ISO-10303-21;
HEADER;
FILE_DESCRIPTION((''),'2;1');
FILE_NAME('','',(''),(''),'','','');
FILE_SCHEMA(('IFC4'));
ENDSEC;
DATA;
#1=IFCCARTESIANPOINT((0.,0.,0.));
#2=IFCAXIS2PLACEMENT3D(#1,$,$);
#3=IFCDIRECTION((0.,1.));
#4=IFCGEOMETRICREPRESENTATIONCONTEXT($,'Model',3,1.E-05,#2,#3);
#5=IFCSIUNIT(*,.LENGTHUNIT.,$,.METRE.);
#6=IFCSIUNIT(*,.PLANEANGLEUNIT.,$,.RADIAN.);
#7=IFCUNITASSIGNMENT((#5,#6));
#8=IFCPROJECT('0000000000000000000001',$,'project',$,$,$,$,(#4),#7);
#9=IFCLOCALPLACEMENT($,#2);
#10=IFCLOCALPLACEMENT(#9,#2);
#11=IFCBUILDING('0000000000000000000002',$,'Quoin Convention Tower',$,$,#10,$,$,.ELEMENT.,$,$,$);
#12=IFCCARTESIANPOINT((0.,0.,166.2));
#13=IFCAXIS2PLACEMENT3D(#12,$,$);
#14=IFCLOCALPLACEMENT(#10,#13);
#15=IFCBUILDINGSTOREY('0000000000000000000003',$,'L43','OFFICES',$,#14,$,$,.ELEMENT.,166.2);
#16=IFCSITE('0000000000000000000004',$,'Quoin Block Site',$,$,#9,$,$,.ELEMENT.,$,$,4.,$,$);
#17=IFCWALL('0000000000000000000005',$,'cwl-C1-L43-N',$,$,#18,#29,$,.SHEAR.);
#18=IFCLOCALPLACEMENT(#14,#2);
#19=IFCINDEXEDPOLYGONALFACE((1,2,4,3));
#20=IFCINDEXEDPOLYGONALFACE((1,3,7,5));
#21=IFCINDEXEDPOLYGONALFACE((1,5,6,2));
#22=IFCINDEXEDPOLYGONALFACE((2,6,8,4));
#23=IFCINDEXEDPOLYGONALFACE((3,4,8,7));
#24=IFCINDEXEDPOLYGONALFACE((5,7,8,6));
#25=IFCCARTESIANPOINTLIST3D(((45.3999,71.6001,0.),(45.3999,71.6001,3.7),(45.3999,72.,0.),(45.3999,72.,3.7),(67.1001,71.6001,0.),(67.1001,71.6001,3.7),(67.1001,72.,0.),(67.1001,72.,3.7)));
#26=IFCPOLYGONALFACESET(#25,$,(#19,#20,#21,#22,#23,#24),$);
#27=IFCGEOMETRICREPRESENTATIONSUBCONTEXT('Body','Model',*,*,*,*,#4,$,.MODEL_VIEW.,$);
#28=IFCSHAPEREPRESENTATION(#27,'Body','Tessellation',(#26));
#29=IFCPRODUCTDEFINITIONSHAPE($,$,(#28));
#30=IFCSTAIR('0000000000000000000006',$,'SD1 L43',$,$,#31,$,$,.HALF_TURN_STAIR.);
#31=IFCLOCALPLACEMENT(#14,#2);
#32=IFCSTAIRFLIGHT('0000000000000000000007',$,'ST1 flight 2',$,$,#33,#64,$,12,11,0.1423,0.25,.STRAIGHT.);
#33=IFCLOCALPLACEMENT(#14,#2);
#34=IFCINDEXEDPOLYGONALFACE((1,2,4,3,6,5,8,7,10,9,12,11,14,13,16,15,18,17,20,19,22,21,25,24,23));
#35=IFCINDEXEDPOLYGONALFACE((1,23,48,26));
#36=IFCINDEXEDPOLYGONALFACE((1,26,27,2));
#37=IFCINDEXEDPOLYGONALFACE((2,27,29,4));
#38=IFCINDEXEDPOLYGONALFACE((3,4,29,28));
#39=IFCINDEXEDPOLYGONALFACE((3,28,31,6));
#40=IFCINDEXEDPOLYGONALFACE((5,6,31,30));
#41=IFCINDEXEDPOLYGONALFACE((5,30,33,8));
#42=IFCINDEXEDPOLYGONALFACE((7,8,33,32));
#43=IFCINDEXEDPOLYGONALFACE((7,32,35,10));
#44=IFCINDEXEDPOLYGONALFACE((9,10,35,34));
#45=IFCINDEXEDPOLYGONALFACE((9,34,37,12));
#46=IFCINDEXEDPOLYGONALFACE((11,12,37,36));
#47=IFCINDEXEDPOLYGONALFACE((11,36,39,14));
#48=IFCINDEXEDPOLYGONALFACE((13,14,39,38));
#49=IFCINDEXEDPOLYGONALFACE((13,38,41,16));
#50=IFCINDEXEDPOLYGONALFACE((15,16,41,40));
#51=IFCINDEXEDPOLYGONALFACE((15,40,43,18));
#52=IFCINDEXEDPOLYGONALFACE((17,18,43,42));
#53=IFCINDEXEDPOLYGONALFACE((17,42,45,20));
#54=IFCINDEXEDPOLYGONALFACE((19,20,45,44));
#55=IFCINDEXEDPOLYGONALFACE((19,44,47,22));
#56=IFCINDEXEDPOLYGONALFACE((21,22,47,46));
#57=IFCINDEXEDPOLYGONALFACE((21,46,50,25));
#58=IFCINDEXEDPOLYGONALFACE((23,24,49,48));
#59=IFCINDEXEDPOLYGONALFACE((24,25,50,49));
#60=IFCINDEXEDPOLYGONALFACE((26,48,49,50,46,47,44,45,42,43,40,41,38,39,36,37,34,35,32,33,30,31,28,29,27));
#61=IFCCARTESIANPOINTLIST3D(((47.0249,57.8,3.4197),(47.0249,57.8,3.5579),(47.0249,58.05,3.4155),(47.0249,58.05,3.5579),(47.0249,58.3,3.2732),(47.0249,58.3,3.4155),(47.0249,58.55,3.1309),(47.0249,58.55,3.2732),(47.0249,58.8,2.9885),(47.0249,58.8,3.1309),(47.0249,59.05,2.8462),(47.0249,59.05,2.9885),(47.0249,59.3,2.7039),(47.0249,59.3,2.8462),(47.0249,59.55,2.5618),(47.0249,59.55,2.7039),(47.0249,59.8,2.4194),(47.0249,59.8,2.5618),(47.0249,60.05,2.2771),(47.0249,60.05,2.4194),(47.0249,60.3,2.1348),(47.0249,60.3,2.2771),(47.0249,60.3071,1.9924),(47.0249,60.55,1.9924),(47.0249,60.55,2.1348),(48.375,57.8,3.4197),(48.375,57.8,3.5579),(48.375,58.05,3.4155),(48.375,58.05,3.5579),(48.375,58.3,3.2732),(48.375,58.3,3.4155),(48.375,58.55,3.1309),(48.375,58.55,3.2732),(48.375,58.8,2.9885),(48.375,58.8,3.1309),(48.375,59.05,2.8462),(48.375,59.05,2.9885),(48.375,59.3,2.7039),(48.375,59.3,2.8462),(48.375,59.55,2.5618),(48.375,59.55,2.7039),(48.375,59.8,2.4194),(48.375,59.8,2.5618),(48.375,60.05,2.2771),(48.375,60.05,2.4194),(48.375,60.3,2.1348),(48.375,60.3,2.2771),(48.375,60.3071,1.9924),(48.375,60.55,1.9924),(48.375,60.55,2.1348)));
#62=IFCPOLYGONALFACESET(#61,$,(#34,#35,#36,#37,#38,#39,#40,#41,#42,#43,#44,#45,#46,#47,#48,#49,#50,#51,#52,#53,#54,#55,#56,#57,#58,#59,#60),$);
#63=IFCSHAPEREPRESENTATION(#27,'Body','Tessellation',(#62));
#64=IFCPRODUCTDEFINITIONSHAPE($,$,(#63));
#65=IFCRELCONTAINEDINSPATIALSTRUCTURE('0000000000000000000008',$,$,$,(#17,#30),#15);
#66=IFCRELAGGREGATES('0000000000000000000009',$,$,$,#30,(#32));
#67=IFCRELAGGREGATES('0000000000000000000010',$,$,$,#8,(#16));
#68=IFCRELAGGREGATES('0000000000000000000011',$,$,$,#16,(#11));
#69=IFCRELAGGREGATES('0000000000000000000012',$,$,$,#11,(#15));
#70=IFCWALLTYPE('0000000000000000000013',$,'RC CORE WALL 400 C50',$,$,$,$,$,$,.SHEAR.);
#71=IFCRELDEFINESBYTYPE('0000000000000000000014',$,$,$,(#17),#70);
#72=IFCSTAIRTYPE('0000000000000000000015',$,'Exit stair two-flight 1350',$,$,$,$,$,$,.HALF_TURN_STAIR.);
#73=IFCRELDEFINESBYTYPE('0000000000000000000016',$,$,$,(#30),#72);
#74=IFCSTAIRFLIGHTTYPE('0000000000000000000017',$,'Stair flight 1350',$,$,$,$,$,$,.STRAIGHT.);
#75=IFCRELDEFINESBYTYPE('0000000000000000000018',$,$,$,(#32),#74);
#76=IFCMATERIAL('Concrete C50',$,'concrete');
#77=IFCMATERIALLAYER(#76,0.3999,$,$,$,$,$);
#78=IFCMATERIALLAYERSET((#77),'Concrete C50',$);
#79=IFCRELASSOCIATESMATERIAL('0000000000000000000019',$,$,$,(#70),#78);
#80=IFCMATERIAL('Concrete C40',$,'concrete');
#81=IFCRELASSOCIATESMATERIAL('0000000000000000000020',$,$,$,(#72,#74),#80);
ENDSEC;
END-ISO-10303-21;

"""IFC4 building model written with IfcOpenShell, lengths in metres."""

from ifc_helpers import new_model, si_unit, direction, frame, frame_2d, origin, place, context, subcontext, project, spatial, polyline, rectangle, outline, extrude, material, layer, layer_set, type_object, element, aggregate, save


model = new_model("IFC4")

# Units and contexts
model_context = context("Model", 3, precision=1e-05, world=origin(), true_north=direction((0.0, 1.0)))
body_context = subcontext(model_context, "Body", "Model", "MODEL_VIEW")
ifc_project = project(units=[si_unit("LENGTHUNIT", "METRE"), si_unit("PLANEANGLEUNIT", "RADIAN")], contexts=[model_context])

# Site, building, storey
site_placement = place(None, origin())
site = spatial("IfcSite", under=ifc_project, at=site_placement, Name="Quoin Block Site", CompositionType="ELEMENT", RefElevation=4.0)
building_placement = place(site_placement, origin())
building = spatial("IfcBuilding", under=site, at=building_placement, Name="Quoin Convention Tower", CompositionType="ELEMENT")
storey_placement = place(building_placement, frame((0.0, 0.0, 166.2)))
storey = spatial("IfcBuildingStorey", under=building, at=storey_placement, Name="L43", Description="OFFICES", CompositionType="ELEMENT", Elevation=166.2)

# Shared definitions
ifc_material_1 = material(Name="Concrete C50", Category="concrete")

# Wall
ifc_layer_1 = layer(ifc_material_1, 0.3999)
ifc_layer_set_1 = layer_set([ifc_layer_1], Name="Concrete C50")
wall_type_1 = type_object("IfcWallType", Name="RC CORE WALL 400 C50", PredefinedType="SHEAR", material=ifc_layer_set_1)
wall_1_placement = place(storey_placement, frame((45.3999, 71.8, 0.0), z_axis=(0.0, 0.0, 1.0), x_axis=(1.0, 0.0, 0.0)))
element("IfcWall", 1, at=wall_1_placement, inside=storey, type_object=wall_type_1, Name="cwl-C1-L43-N", PredefinedType="SHEAR", context=body_context, shape_type="SweptSolid", body=[
    extrude(rectangle(XDim=21.7002, YDim=0.3999, at=frame_2d((10.8501, 0.0))), origin(), (0.0, 0.0, 1.0), 3.7),
])

# Stair, stair flight
ifc_material_2 = material(Name="Concrete C40", Category="concrete")
stair_type = type_object("IfcStairType", Name="Exit stair two-flight 1350", PredefinedType="HALF_TURN_STAIR", material=ifc_material_2)
stair_placement = place(storey_placement, origin())
stair = element("IfcStair", 2, at=stair_placement, inside=storey, type_object=stair_type, Name="SD1 L43", PredefinedType="HALF_TURN_STAIR")
stair_flight_type = type_object("IfcStairFlightType", Name="Stair flight 1350", PredefinedType="STRAIGHT", material=ifc_material_2)
stair_flight_placement = place(storey_placement, frame((47.7, 60.55, 1.9924), z_axis=(0.0, 0.0, 1.0), x_axis=(0.0, -1.0, 0.0)))
stair_flight = element("IfcStairFlight", 3, at=stair_flight_placement, type_object=stair_flight_type, Name="ST1 flight 2", NumberOfRisers=12, NumberOfTreads=11, PredefinedType="STRAIGHT", RiserHeight=0.1423, TreadLength=0.25, context=body_context, shape_type="SweptSolid", body=[
    extrude(outline(polyline([(0.0, 0.0), (0.0, 0.1423), (0.25, 0.1423), (0.25, 0.2847), (0.5, 0.2847), (0.5, 0.427), (0.75, 0.427), (0.75, 0.5693), (1.0, 0.5693), (1.0, 0.7114), (1.25, 0.7114), (1.25, 0.8538), (1.5, 0.8538), (1.5, 0.9961), (1.75, 0.9961), (1.75, 1.1384), (2.0, 1.1384), (2.0, 1.2808), (2.25, 1.2808), (2.25, 1.4231), (2.5, 1.4231), (2.5, 1.5654), (2.75, 1.5654), (2.75, 1.7078), (2.75, 1.4272), (0.2429, 0.0), (0.0, 0.0)])), frame((0.0, 0.675, 0.0), z_axis=(0.0, -1.0, 0.0), x_axis=(1.0, 0.0, 0.0)), (0.0, 0.0, 1.0), 1.3501),
])
aggregate(stair, [stair_flight])

save(model, "model.ifc")
